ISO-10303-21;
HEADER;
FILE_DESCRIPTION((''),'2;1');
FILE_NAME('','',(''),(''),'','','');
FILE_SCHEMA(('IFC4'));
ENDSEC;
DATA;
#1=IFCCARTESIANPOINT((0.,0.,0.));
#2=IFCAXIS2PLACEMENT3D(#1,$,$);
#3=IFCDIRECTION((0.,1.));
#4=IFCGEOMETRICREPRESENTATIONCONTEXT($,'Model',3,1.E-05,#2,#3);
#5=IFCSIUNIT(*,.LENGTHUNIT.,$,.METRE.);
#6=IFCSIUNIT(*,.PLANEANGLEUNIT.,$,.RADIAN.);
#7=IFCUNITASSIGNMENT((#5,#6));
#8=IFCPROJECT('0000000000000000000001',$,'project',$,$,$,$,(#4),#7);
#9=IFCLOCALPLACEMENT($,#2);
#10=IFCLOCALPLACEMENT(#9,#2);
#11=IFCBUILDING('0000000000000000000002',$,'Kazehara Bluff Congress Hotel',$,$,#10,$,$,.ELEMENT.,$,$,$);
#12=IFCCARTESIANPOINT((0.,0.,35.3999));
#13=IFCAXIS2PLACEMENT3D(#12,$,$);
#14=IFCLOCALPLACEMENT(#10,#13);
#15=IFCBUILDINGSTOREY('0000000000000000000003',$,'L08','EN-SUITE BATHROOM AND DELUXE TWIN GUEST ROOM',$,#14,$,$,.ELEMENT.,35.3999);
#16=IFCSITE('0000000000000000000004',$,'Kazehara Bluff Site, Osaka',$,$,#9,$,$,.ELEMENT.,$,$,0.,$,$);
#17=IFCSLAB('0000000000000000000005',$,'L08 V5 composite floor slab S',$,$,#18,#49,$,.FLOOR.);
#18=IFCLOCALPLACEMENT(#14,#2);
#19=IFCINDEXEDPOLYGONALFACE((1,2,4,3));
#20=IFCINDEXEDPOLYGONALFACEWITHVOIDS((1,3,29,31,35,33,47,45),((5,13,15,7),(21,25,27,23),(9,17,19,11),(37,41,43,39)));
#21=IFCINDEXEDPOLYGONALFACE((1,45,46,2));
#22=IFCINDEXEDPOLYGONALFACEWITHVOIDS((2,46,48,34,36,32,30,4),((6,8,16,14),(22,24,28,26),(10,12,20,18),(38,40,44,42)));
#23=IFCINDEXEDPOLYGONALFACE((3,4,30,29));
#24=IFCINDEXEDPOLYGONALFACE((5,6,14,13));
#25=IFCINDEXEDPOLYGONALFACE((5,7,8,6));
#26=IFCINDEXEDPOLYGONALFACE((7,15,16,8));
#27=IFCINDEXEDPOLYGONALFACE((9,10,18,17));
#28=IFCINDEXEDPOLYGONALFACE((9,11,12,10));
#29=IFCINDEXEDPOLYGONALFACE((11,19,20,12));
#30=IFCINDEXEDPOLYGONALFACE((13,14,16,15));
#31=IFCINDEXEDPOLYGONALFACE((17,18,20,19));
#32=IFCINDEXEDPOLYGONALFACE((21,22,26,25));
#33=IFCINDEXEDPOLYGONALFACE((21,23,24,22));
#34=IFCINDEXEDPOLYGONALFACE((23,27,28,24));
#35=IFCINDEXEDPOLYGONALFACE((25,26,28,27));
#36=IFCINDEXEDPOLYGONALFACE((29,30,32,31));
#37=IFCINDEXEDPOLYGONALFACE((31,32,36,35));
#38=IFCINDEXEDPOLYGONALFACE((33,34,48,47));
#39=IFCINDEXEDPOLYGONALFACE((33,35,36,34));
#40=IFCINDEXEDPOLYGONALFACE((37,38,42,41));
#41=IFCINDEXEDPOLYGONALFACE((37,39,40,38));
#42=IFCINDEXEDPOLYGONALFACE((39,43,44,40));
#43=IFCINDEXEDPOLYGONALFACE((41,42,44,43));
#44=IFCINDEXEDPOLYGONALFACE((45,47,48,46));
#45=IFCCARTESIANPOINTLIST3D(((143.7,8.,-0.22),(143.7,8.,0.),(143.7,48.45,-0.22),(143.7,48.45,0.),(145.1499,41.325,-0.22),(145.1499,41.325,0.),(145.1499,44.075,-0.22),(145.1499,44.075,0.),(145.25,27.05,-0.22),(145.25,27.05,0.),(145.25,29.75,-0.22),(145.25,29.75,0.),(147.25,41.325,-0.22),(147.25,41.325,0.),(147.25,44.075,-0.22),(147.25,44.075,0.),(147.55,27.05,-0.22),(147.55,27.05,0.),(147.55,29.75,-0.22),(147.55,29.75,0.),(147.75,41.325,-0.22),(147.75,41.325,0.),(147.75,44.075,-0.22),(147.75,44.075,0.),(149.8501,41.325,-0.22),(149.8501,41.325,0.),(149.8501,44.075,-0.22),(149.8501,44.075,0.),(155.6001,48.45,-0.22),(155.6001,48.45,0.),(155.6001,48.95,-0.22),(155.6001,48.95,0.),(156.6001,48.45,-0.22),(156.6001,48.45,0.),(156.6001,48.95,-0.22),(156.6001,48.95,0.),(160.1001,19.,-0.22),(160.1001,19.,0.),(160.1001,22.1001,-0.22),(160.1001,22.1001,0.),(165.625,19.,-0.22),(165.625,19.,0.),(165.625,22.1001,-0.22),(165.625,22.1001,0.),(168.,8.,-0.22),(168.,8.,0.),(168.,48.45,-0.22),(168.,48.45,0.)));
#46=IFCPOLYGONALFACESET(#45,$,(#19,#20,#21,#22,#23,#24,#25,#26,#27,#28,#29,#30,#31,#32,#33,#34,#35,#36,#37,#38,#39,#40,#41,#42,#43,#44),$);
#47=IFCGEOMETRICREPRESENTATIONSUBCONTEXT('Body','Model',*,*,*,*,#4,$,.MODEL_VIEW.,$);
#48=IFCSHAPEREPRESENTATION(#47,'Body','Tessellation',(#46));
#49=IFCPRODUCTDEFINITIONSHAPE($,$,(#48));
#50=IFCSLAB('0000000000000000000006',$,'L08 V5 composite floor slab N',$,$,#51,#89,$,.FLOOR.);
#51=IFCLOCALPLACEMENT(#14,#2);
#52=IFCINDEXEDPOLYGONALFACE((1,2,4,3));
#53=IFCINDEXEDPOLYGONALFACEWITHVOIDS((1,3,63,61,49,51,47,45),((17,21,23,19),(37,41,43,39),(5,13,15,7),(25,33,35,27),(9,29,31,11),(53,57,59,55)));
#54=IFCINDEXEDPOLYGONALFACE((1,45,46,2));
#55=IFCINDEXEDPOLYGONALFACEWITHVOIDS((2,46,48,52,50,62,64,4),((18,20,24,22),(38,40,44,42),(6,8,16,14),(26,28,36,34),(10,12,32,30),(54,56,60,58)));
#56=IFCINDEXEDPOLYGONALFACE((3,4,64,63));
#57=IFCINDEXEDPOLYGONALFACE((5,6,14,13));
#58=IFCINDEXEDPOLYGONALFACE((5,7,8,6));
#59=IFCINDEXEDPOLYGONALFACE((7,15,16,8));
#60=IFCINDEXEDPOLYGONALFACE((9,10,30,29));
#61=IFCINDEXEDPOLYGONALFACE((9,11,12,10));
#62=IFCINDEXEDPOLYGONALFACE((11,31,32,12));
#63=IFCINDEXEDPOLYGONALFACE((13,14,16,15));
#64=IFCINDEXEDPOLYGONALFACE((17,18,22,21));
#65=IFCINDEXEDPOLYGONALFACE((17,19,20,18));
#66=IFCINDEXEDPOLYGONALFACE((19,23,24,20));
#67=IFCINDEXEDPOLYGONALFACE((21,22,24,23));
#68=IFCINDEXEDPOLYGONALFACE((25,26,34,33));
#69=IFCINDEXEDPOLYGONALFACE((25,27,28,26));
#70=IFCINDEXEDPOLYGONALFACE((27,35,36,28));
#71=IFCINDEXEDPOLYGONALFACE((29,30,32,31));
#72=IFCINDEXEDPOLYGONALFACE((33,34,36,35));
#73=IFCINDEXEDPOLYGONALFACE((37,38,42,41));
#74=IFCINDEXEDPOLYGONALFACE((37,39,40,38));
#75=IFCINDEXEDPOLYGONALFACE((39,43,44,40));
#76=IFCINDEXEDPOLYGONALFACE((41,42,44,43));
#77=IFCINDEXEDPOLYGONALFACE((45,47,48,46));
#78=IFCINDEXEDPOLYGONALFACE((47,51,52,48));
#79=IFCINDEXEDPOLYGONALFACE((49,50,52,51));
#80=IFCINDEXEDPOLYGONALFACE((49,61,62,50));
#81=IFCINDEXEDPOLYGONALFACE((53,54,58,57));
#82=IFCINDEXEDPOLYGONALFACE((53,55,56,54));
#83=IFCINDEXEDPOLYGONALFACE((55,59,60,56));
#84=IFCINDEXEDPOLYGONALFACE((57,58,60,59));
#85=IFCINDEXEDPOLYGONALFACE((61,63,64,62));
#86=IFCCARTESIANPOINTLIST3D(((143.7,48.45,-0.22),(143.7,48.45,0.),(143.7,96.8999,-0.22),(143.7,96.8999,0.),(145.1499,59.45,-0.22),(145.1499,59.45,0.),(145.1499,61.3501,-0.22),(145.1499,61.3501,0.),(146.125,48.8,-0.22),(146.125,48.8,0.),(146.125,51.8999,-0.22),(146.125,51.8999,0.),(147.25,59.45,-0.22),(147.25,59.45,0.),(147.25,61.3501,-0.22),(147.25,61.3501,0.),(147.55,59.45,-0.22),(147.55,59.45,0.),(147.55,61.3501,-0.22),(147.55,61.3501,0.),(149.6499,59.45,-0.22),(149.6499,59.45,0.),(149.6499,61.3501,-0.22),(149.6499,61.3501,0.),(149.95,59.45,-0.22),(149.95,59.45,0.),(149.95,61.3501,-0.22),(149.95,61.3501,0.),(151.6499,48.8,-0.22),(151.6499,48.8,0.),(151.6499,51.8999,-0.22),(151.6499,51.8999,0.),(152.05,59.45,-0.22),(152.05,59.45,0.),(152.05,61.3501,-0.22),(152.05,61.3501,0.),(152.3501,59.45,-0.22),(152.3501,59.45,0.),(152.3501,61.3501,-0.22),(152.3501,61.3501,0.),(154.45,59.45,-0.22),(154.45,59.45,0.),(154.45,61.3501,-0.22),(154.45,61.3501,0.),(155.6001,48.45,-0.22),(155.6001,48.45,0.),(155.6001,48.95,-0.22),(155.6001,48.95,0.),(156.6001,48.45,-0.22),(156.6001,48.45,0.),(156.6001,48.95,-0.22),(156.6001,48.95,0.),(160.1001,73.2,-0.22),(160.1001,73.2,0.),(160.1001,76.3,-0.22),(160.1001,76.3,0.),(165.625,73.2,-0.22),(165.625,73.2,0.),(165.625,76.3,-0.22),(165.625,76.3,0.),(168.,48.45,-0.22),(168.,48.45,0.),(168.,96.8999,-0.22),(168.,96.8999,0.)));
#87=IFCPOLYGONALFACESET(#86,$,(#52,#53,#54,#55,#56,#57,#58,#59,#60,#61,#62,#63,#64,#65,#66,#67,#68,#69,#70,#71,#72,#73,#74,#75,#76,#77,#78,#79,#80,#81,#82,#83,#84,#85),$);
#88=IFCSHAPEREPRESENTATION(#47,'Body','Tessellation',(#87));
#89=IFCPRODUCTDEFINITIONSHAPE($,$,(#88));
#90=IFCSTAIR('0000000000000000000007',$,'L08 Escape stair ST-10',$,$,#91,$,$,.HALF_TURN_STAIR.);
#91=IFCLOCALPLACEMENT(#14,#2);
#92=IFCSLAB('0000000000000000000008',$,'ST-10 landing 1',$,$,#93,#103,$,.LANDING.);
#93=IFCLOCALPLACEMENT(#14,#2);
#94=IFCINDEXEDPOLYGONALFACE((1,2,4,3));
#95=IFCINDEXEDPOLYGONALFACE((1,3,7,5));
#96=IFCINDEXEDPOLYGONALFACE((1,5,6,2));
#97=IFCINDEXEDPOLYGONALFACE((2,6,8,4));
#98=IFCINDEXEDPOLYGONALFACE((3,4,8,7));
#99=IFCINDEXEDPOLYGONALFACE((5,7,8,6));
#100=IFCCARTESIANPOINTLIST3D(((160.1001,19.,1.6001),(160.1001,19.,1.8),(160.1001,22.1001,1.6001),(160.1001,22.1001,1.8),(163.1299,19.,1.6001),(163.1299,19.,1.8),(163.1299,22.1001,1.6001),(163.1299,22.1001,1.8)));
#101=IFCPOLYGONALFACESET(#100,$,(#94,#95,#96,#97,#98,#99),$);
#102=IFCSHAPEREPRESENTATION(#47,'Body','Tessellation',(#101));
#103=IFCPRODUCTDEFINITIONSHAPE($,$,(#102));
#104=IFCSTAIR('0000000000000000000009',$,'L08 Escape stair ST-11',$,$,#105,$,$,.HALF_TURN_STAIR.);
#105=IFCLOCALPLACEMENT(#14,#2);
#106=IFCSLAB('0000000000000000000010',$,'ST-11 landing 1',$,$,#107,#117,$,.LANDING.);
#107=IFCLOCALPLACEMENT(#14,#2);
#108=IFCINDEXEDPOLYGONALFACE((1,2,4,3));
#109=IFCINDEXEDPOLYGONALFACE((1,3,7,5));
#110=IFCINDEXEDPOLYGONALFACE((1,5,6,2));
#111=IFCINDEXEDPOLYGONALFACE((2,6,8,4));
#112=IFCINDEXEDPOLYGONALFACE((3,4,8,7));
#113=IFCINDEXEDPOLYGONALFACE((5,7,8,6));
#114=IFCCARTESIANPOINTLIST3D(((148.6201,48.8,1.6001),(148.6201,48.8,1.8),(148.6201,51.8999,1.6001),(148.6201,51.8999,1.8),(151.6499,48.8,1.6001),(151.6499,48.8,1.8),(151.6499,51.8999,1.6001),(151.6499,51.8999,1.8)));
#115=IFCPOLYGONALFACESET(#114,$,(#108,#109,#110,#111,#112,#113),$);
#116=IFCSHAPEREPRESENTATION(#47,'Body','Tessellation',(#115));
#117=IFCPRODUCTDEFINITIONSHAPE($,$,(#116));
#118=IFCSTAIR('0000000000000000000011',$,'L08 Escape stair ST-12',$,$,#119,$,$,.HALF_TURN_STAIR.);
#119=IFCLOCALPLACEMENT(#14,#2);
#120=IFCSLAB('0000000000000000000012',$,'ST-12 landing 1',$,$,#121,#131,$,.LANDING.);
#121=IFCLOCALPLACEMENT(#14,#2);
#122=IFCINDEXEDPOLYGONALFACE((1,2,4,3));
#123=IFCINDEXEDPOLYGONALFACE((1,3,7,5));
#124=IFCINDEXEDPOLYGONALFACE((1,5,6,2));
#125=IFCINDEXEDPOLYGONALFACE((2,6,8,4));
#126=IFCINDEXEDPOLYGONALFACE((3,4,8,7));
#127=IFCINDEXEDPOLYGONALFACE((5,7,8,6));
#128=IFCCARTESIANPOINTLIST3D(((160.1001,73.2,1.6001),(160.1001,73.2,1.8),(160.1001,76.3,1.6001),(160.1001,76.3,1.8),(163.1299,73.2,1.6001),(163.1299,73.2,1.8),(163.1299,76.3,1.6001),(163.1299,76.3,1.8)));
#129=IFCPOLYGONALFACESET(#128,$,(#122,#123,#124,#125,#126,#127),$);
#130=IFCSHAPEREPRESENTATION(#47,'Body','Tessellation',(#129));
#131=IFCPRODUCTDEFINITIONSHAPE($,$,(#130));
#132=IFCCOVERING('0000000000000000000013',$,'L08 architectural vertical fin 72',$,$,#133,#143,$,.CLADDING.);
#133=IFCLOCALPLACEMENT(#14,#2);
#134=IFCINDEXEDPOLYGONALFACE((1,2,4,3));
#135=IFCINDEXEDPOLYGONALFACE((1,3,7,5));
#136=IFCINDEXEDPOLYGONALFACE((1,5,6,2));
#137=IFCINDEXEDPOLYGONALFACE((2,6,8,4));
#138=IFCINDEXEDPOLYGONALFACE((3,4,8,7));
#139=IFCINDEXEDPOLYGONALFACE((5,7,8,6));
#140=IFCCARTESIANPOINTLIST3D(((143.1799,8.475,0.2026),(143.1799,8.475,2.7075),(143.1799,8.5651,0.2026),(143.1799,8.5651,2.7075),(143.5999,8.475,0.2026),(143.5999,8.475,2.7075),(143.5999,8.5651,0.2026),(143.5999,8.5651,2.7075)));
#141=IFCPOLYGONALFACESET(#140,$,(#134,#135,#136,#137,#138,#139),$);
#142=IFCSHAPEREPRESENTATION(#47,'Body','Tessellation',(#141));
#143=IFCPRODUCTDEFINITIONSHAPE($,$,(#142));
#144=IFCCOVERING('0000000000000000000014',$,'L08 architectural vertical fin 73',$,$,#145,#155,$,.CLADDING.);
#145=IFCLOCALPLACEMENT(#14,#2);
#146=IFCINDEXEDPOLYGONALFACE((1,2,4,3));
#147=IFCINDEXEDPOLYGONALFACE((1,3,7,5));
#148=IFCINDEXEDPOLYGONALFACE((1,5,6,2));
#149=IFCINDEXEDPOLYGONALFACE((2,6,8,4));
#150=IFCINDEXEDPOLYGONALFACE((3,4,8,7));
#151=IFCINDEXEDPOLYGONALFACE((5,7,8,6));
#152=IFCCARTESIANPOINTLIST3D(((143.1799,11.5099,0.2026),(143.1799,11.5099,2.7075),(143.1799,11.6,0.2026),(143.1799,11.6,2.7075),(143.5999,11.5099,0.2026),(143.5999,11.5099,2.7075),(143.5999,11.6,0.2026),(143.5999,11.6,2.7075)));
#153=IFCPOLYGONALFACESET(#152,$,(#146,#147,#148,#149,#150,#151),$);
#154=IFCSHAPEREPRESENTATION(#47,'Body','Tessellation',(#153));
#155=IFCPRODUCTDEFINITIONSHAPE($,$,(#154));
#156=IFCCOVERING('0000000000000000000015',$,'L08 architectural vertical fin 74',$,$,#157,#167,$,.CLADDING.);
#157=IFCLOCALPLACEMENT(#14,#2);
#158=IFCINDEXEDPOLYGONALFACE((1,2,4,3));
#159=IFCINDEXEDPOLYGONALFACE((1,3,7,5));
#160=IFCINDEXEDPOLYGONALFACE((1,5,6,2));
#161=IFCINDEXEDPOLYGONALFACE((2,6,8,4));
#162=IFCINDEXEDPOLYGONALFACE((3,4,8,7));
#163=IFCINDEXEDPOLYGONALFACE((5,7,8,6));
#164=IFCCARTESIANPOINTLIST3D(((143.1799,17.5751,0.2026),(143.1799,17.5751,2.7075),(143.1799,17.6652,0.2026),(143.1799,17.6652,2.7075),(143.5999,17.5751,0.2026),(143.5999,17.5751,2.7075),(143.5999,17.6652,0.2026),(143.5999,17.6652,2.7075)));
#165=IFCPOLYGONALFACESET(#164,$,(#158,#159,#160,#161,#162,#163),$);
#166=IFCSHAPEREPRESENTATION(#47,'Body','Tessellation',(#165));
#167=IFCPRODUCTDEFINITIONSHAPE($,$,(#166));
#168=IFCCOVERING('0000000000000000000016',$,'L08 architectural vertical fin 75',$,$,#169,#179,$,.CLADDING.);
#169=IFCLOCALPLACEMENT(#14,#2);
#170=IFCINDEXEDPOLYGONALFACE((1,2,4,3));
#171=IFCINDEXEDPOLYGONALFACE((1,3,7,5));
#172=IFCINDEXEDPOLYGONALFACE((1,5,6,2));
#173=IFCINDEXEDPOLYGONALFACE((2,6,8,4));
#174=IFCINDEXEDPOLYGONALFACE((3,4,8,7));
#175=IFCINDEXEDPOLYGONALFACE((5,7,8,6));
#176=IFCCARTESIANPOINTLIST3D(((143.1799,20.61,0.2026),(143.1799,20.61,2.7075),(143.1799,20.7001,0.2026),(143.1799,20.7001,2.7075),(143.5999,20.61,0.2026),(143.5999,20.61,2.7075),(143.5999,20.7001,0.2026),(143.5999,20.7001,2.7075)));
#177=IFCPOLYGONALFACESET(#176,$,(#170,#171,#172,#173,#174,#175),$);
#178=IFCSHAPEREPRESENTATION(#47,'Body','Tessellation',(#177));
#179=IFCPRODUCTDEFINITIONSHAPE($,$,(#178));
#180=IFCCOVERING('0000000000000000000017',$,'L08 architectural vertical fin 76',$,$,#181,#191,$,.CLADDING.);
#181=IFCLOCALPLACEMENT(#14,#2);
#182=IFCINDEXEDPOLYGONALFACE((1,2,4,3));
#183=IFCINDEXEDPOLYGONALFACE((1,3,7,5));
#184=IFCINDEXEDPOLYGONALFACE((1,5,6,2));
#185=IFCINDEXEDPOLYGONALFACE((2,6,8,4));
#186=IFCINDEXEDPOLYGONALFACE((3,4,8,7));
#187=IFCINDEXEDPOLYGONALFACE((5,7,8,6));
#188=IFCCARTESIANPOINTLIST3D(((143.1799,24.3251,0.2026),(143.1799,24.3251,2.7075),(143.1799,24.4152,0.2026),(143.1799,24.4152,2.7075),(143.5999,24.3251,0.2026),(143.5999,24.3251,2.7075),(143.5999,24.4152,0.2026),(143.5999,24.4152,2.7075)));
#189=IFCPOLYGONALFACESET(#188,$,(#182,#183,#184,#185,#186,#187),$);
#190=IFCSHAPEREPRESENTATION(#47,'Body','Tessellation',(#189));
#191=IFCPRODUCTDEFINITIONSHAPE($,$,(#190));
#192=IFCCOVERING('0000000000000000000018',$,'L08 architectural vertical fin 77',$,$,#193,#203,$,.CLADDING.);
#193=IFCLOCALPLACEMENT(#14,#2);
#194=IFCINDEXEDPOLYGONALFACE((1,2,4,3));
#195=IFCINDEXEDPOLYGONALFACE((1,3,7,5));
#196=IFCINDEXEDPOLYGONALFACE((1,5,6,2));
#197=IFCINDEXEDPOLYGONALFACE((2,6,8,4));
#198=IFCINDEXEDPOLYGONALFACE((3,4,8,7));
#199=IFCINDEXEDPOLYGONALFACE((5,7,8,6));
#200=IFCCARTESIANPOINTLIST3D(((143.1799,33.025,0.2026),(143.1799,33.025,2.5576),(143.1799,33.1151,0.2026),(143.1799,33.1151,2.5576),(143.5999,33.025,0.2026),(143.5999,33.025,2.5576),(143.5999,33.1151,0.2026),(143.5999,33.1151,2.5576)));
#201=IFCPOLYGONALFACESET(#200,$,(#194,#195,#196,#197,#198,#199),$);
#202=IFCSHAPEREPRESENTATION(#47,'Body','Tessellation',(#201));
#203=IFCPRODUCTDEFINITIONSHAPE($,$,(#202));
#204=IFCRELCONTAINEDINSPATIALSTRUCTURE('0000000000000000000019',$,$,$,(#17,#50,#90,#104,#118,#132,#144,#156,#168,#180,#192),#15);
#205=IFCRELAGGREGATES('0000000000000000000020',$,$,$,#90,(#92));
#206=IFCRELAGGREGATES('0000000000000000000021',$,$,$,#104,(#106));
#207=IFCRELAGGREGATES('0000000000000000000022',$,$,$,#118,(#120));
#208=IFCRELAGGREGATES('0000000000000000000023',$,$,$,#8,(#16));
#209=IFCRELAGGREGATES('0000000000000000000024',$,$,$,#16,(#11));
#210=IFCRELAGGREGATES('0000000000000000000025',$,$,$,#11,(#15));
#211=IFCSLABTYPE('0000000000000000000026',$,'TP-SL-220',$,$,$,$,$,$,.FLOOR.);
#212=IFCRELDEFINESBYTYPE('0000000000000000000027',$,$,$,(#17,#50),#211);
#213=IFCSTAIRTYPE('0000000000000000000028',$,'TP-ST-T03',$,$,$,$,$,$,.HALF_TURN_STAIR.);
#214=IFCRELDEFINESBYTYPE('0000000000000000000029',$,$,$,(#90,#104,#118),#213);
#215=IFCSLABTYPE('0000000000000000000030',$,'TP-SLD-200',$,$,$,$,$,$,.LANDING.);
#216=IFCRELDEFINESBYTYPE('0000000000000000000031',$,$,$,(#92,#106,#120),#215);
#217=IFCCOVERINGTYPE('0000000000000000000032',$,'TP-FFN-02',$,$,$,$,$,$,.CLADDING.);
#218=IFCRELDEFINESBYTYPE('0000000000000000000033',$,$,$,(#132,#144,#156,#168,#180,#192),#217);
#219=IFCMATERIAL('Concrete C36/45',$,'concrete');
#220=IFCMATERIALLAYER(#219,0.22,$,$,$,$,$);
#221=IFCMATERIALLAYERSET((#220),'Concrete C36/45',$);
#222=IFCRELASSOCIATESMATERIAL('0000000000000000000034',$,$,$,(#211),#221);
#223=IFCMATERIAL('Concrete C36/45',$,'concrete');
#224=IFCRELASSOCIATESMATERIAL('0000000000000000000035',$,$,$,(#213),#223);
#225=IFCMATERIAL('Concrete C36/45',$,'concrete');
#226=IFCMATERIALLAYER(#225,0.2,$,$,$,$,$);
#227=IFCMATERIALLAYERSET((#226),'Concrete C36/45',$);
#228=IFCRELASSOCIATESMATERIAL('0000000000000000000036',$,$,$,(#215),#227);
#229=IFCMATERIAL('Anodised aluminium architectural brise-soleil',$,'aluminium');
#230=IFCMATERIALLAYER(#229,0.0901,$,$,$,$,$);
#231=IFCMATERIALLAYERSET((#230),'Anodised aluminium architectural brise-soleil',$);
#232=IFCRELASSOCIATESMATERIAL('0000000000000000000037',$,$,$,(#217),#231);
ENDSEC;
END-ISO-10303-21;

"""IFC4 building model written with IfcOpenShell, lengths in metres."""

from ifc_helpers import new_model, si_unit, direction, frame, origin, origin_2d, place, context, subcontext, project, spatial, polyline, rectangle, outline, extrude, material, layer, layer_set, type_object, element, aggregate, save


model = new_model("IFC4")

# Units and contexts
model_context = context("Model", 3, precision=1e-05, world=origin(), true_north=direction((0.0, 1.0)))
body_context = subcontext(model_context, "Body", "Model", "MODEL_VIEW")
ifc_project = project(units=[si_unit("LENGTHUNIT", "METRE"), si_unit("PLANEANGLEUNIT", "RADIAN")], contexts=[model_context])

# Site, building, storey
site_placement = place(None, origin())
site = spatial("IfcSite", under=ifc_project, at=site_placement, Name="Kazehara Bluff Site, Osaka", CompositionType="ELEMENT", RefElevation=0.0)
building_placement = place(site_placement, origin())
building = spatial("IfcBuilding", under=site, at=building_placement, Name="Kazehara Bluff Congress Hotel", CompositionType="ELEMENT")
storey_placement = place(building_placement, frame((0.0, 0.0, 35.3999)))
storey = spatial("IfcBuildingStorey", under=building, at=storey_placement, Name="L08", Description="EN-SUITE BATHROOM AND DELUXE TWIN GUEST ROOM", CompositionType="ELEMENT", Elevation=35.3999)

# Slabs
ifc_material_1 = material(Name="Concrete C36/45", Category="concrete")
ifc_layer_1 = layer(ifc_material_1, 0.22)
ifc_layer_set_1 = layer_set([ifc_layer_1], Name="Concrete C36/45")
slab_type_1 = type_object("IfcSlabType", Name="TP-SL-220", PredefinedType="FLOOR", material=ifc_layer_set_1)
slab_1_placement = place(storey_placement, frame((0.0, 0.0, -0.22)))
element("IfcSlab", 1, at=slab_1_placement, inside=storey, type_object=slab_type_1, Name="L08 V5 composite floor slab S", PredefinedType="FLOOR", context=body_context, shape_type="SweptSolid", body=[
    extrude(outline(polyline([(143.7, 8.0), (143.7, 48.45), (155.6001, 48.45), (155.6001, 48.95), (156.6001, 48.95), (156.6001, 48.45), (168.0, 48.45), (168.0, 8.0), (143.7, 8.0)]), holes=[polyline([(165.625, 22.1001), (160.1001, 22.1001), (160.1001, 19.0), (165.625, 19.0), (165.625, 22.1001)]), polyline([(145.1499, 41.325), (147.25, 41.325), (147.25, 44.075), (145.1499, 44.075), (145.1499, 41.325)]), polyline([(147.75, 41.325), (149.8501, 41.325), (149.8501, 44.075), (147.75, 44.075), (147.75, 41.325)]), polyline([(145.25, 27.05), (147.55, 27.05), (147.55, 29.75), (145.25, 29.75), (145.25, 27.05)])]), origin(), (0.0, 0.0, 1.0), 0.22),
])
slab_2_placement = place(storey_placement, frame((0.0, 0.0, -0.22)))
element("IfcSlab", 2, at=slab_2_placement, inside=storey, type_object=slab_type_1, Name="L08 V5 composite floor slab N", PredefinedType="FLOOR", context=body_context, shape_type="SweptSolid", body=[
    extrude(outline(polyline([(168.0, 96.8999), (168.0, 48.45), (156.6001, 48.45), (156.6001, 48.95), (155.6001, 48.95), (155.6001, 48.45), (143.7, 48.45), (143.7, 96.8999), (168.0, 96.8999)]), holes=[polyline([(146.125, 48.8), (151.6499, 48.8), (151.6499, 51.8999), (146.125, 51.8999), (146.125, 48.8)]), polyline([(165.625, 76.3), (160.1001, 76.3), (160.1001, 73.2), (165.625, 73.2), (165.625, 76.3)]), polyline([(145.1499, 59.45), (147.25, 59.45), (147.25, 61.3501), (145.1499, 61.3501), (145.1499, 59.45)]), polyline([(147.55, 59.45), (149.6499, 59.45), (149.6499, 61.3501), (147.55, 61.3501), (147.55, 59.45)]), polyline([(149.95, 59.45), (152.05, 59.45), (152.05, 61.3501), (149.95, 61.3501), (149.95, 59.45)]), polyline([(152.3501, 59.45), (154.45, 59.45), (154.45, 61.3501), (152.3501, 61.3501), (152.3501, 59.45)])]), origin(), (0.0, 0.0, 1.0), 0.22),
])

# Stairs, slabs
ifc_material_2 = material(Name="Concrete C36/45", Category="concrete")
stair_type = type_object("IfcStairType", Name="TP-ST-T03", PredefinedType="HALF_TURN_STAIR", material=ifc_material_2)
stair_1_placement = place(storey_placement, origin())
stair_1 = element("IfcStair", 3, at=stair_1_placement, inside=storey, type_object=stair_type, Name="L08 Escape stair ST-10", PredefinedType="HALF_TURN_STAIR")
ifc_material_3 = material(Name="Concrete C36/45", Category="concrete")
ifc_layer_2 = layer(ifc_material_3, 0.2)
ifc_layer_set_2 = layer_set([ifc_layer_2], Name="Concrete C36/45")
slab_type_2 = type_object("IfcSlabType", Name="TP-SLD-200", PredefinedType="LANDING", material=ifc_layer_set_2)
slab_3_placement = place(storey_placement, frame((0.0, 0.0, 1.6001)))
slab_3 = element("IfcSlab", 4, at=slab_3_placement, type_object=slab_type_2, Name="ST-10 landing 1", PredefinedType="LANDING", context=body_context, shape_type="SweptSolid", body=[
    extrude(outline(polyline([(163.1299, 22.1001), (160.1001, 22.1001), (160.1001, 19.0), (163.1299, 19.0), (163.1299, 22.1001)])), origin(), (0.0, 0.0, 1.0), 0.2),
])
aggregate(stair_1, [slab_3])
stair_2_placement = place(storey_placement, origin())
stair_2 = element("IfcStair", 5, at=stair_2_placement, inside=storey, type_object=stair_type, Name="L08 Escape stair ST-11", PredefinedType="HALF_TURN_STAIR")
slab_4_placement = place(storey_placement, frame((0.0, 0.0, 1.6001)))
slab_4 = element("IfcSlab", 6, at=slab_4_placement, type_object=slab_type_2, Name="ST-11 landing 1", PredefinedType="LANDING", context=body_context, shape_type="SweptSolid", body=[
    extrude(outline(polyline([(148.6201, 48.8), (151.6499, 48.8), (151.6499, 51.8999), (148.6201, 51.8999), (148.6201, 48.8)])), origin(), (0.0, 0.0, 1.0), 0.2),
])
aggregate(stair_2, [slab_4])
stair_3_placement = place(storey_placement, origin())
stair_3 = element("IfcStair", 7, at=stair_3_placement, inside=storey, type_object=stair_type, Name="L08 Escape stair ST-12", PredefinedType="HALF_TURN_STAIR")
slab_5_placement = place(storey_placement, frame((0.0, 0.0, 1.6001)))
slab_5 = element("IfcSlab", 8, at=slab_5_placement, type_object=slab_type_2, Name="ST-12 landing 1", PredefinedType="LANDING", context=body_context, shape_type="SweptSolid", body=[
    extrude(outline(polyline([(163.1299, 76.3), (160.1001, 76.3), (160.1001, 73.2), (163.1299, 73.2), (163.1299, 76.3)])), origin(), (0.0, 0.0, 1.0), 0.2),
])
aggregate(stair_3, [slab_5])

# Coverings
ifc_material_4 = material(Name="Anodised aluminium architectural brise-soleil", Category="aluminium")
ifc_layer_3 = layer(ifc_material_4, 0.0901)
ifc_layer_set_3 = layer_set([ifc_layer_3], Name="Anodised aluminium architectural brise-soleil")
covering_type = type_object("IfcCoveringType", Name="TP-FFN-02", PredefinedType="CLADDING", material=ifc_layer_set_3)
for number, where, z_axis, x_axis, name in (
    (9, (143.3899, 8.52, 0.2026), (0.0, 0.0, 1.0), (1.0, 0.0, 0.0), "L08 architectural vertical fin 72"),
    (10, (143.3899, 11.5549, 0.2026), (0.0, 0.0, 1.0), (1.0, 0.0, 0.0), "L08 architectural vertical fin 73"),
    (11, (143.3899, 17.6201, 0.2026), (0.0, 0.0, 1.0), (1.0, 0.0, 0.0), "L08 architectural vertical fin 74"),
    (12, (143.3899, 20.655, 0.2026), (0.0, 0.0, 1.0), (1.0, 0.0, 0.0), "L08 architectural vertical fin 75"),
    (13, (143.3899, 24.3701, 0.2026), (0.0, 0.0, 1.0), (1.0, 0.0, 0.0), "L08 architectural vertical fin 76"),
):
    element("IfcCovering", number, at=place(storey_placement, frame(where, z_axis=z_axis, x_axis=x_axis)), inside=storey, type_object=covering_type, Name=name, PredefinedType="CLADDING", context=body_context, shape_type="SweptSolid", body=[
        extrude(rectangle(XDim=0.4199, YDim=0.0901, at=origin_2d()), origin(), (0.0, 0.0, 1.0), 2.5049),
    ])
for number, where, z_axis, x_axis, name in (
    (14, (143.3899, 33.0701, 0.2026), (0.0, 0.0, 1.0), (1.0, 0.0, 0.0), "L08 architectural vertical fin 77"),
):
    element("IfcCovering", number, at=place(storey_placement, frame(where, z_axis=z_axis, x_axis=x_axis)), inside=storey, type_object=covering_type, Name=name, PredefinedType="CLADDING", context=body_context, shape_type="SweptSolid", body=[
        extrude(rectangle(XDim=0.4199, YDim=0.0901, at=origin_2d()), origin(), (0.0, 0.0, 1.0), 2.355),
    ])

save(model, "model.ifc")
